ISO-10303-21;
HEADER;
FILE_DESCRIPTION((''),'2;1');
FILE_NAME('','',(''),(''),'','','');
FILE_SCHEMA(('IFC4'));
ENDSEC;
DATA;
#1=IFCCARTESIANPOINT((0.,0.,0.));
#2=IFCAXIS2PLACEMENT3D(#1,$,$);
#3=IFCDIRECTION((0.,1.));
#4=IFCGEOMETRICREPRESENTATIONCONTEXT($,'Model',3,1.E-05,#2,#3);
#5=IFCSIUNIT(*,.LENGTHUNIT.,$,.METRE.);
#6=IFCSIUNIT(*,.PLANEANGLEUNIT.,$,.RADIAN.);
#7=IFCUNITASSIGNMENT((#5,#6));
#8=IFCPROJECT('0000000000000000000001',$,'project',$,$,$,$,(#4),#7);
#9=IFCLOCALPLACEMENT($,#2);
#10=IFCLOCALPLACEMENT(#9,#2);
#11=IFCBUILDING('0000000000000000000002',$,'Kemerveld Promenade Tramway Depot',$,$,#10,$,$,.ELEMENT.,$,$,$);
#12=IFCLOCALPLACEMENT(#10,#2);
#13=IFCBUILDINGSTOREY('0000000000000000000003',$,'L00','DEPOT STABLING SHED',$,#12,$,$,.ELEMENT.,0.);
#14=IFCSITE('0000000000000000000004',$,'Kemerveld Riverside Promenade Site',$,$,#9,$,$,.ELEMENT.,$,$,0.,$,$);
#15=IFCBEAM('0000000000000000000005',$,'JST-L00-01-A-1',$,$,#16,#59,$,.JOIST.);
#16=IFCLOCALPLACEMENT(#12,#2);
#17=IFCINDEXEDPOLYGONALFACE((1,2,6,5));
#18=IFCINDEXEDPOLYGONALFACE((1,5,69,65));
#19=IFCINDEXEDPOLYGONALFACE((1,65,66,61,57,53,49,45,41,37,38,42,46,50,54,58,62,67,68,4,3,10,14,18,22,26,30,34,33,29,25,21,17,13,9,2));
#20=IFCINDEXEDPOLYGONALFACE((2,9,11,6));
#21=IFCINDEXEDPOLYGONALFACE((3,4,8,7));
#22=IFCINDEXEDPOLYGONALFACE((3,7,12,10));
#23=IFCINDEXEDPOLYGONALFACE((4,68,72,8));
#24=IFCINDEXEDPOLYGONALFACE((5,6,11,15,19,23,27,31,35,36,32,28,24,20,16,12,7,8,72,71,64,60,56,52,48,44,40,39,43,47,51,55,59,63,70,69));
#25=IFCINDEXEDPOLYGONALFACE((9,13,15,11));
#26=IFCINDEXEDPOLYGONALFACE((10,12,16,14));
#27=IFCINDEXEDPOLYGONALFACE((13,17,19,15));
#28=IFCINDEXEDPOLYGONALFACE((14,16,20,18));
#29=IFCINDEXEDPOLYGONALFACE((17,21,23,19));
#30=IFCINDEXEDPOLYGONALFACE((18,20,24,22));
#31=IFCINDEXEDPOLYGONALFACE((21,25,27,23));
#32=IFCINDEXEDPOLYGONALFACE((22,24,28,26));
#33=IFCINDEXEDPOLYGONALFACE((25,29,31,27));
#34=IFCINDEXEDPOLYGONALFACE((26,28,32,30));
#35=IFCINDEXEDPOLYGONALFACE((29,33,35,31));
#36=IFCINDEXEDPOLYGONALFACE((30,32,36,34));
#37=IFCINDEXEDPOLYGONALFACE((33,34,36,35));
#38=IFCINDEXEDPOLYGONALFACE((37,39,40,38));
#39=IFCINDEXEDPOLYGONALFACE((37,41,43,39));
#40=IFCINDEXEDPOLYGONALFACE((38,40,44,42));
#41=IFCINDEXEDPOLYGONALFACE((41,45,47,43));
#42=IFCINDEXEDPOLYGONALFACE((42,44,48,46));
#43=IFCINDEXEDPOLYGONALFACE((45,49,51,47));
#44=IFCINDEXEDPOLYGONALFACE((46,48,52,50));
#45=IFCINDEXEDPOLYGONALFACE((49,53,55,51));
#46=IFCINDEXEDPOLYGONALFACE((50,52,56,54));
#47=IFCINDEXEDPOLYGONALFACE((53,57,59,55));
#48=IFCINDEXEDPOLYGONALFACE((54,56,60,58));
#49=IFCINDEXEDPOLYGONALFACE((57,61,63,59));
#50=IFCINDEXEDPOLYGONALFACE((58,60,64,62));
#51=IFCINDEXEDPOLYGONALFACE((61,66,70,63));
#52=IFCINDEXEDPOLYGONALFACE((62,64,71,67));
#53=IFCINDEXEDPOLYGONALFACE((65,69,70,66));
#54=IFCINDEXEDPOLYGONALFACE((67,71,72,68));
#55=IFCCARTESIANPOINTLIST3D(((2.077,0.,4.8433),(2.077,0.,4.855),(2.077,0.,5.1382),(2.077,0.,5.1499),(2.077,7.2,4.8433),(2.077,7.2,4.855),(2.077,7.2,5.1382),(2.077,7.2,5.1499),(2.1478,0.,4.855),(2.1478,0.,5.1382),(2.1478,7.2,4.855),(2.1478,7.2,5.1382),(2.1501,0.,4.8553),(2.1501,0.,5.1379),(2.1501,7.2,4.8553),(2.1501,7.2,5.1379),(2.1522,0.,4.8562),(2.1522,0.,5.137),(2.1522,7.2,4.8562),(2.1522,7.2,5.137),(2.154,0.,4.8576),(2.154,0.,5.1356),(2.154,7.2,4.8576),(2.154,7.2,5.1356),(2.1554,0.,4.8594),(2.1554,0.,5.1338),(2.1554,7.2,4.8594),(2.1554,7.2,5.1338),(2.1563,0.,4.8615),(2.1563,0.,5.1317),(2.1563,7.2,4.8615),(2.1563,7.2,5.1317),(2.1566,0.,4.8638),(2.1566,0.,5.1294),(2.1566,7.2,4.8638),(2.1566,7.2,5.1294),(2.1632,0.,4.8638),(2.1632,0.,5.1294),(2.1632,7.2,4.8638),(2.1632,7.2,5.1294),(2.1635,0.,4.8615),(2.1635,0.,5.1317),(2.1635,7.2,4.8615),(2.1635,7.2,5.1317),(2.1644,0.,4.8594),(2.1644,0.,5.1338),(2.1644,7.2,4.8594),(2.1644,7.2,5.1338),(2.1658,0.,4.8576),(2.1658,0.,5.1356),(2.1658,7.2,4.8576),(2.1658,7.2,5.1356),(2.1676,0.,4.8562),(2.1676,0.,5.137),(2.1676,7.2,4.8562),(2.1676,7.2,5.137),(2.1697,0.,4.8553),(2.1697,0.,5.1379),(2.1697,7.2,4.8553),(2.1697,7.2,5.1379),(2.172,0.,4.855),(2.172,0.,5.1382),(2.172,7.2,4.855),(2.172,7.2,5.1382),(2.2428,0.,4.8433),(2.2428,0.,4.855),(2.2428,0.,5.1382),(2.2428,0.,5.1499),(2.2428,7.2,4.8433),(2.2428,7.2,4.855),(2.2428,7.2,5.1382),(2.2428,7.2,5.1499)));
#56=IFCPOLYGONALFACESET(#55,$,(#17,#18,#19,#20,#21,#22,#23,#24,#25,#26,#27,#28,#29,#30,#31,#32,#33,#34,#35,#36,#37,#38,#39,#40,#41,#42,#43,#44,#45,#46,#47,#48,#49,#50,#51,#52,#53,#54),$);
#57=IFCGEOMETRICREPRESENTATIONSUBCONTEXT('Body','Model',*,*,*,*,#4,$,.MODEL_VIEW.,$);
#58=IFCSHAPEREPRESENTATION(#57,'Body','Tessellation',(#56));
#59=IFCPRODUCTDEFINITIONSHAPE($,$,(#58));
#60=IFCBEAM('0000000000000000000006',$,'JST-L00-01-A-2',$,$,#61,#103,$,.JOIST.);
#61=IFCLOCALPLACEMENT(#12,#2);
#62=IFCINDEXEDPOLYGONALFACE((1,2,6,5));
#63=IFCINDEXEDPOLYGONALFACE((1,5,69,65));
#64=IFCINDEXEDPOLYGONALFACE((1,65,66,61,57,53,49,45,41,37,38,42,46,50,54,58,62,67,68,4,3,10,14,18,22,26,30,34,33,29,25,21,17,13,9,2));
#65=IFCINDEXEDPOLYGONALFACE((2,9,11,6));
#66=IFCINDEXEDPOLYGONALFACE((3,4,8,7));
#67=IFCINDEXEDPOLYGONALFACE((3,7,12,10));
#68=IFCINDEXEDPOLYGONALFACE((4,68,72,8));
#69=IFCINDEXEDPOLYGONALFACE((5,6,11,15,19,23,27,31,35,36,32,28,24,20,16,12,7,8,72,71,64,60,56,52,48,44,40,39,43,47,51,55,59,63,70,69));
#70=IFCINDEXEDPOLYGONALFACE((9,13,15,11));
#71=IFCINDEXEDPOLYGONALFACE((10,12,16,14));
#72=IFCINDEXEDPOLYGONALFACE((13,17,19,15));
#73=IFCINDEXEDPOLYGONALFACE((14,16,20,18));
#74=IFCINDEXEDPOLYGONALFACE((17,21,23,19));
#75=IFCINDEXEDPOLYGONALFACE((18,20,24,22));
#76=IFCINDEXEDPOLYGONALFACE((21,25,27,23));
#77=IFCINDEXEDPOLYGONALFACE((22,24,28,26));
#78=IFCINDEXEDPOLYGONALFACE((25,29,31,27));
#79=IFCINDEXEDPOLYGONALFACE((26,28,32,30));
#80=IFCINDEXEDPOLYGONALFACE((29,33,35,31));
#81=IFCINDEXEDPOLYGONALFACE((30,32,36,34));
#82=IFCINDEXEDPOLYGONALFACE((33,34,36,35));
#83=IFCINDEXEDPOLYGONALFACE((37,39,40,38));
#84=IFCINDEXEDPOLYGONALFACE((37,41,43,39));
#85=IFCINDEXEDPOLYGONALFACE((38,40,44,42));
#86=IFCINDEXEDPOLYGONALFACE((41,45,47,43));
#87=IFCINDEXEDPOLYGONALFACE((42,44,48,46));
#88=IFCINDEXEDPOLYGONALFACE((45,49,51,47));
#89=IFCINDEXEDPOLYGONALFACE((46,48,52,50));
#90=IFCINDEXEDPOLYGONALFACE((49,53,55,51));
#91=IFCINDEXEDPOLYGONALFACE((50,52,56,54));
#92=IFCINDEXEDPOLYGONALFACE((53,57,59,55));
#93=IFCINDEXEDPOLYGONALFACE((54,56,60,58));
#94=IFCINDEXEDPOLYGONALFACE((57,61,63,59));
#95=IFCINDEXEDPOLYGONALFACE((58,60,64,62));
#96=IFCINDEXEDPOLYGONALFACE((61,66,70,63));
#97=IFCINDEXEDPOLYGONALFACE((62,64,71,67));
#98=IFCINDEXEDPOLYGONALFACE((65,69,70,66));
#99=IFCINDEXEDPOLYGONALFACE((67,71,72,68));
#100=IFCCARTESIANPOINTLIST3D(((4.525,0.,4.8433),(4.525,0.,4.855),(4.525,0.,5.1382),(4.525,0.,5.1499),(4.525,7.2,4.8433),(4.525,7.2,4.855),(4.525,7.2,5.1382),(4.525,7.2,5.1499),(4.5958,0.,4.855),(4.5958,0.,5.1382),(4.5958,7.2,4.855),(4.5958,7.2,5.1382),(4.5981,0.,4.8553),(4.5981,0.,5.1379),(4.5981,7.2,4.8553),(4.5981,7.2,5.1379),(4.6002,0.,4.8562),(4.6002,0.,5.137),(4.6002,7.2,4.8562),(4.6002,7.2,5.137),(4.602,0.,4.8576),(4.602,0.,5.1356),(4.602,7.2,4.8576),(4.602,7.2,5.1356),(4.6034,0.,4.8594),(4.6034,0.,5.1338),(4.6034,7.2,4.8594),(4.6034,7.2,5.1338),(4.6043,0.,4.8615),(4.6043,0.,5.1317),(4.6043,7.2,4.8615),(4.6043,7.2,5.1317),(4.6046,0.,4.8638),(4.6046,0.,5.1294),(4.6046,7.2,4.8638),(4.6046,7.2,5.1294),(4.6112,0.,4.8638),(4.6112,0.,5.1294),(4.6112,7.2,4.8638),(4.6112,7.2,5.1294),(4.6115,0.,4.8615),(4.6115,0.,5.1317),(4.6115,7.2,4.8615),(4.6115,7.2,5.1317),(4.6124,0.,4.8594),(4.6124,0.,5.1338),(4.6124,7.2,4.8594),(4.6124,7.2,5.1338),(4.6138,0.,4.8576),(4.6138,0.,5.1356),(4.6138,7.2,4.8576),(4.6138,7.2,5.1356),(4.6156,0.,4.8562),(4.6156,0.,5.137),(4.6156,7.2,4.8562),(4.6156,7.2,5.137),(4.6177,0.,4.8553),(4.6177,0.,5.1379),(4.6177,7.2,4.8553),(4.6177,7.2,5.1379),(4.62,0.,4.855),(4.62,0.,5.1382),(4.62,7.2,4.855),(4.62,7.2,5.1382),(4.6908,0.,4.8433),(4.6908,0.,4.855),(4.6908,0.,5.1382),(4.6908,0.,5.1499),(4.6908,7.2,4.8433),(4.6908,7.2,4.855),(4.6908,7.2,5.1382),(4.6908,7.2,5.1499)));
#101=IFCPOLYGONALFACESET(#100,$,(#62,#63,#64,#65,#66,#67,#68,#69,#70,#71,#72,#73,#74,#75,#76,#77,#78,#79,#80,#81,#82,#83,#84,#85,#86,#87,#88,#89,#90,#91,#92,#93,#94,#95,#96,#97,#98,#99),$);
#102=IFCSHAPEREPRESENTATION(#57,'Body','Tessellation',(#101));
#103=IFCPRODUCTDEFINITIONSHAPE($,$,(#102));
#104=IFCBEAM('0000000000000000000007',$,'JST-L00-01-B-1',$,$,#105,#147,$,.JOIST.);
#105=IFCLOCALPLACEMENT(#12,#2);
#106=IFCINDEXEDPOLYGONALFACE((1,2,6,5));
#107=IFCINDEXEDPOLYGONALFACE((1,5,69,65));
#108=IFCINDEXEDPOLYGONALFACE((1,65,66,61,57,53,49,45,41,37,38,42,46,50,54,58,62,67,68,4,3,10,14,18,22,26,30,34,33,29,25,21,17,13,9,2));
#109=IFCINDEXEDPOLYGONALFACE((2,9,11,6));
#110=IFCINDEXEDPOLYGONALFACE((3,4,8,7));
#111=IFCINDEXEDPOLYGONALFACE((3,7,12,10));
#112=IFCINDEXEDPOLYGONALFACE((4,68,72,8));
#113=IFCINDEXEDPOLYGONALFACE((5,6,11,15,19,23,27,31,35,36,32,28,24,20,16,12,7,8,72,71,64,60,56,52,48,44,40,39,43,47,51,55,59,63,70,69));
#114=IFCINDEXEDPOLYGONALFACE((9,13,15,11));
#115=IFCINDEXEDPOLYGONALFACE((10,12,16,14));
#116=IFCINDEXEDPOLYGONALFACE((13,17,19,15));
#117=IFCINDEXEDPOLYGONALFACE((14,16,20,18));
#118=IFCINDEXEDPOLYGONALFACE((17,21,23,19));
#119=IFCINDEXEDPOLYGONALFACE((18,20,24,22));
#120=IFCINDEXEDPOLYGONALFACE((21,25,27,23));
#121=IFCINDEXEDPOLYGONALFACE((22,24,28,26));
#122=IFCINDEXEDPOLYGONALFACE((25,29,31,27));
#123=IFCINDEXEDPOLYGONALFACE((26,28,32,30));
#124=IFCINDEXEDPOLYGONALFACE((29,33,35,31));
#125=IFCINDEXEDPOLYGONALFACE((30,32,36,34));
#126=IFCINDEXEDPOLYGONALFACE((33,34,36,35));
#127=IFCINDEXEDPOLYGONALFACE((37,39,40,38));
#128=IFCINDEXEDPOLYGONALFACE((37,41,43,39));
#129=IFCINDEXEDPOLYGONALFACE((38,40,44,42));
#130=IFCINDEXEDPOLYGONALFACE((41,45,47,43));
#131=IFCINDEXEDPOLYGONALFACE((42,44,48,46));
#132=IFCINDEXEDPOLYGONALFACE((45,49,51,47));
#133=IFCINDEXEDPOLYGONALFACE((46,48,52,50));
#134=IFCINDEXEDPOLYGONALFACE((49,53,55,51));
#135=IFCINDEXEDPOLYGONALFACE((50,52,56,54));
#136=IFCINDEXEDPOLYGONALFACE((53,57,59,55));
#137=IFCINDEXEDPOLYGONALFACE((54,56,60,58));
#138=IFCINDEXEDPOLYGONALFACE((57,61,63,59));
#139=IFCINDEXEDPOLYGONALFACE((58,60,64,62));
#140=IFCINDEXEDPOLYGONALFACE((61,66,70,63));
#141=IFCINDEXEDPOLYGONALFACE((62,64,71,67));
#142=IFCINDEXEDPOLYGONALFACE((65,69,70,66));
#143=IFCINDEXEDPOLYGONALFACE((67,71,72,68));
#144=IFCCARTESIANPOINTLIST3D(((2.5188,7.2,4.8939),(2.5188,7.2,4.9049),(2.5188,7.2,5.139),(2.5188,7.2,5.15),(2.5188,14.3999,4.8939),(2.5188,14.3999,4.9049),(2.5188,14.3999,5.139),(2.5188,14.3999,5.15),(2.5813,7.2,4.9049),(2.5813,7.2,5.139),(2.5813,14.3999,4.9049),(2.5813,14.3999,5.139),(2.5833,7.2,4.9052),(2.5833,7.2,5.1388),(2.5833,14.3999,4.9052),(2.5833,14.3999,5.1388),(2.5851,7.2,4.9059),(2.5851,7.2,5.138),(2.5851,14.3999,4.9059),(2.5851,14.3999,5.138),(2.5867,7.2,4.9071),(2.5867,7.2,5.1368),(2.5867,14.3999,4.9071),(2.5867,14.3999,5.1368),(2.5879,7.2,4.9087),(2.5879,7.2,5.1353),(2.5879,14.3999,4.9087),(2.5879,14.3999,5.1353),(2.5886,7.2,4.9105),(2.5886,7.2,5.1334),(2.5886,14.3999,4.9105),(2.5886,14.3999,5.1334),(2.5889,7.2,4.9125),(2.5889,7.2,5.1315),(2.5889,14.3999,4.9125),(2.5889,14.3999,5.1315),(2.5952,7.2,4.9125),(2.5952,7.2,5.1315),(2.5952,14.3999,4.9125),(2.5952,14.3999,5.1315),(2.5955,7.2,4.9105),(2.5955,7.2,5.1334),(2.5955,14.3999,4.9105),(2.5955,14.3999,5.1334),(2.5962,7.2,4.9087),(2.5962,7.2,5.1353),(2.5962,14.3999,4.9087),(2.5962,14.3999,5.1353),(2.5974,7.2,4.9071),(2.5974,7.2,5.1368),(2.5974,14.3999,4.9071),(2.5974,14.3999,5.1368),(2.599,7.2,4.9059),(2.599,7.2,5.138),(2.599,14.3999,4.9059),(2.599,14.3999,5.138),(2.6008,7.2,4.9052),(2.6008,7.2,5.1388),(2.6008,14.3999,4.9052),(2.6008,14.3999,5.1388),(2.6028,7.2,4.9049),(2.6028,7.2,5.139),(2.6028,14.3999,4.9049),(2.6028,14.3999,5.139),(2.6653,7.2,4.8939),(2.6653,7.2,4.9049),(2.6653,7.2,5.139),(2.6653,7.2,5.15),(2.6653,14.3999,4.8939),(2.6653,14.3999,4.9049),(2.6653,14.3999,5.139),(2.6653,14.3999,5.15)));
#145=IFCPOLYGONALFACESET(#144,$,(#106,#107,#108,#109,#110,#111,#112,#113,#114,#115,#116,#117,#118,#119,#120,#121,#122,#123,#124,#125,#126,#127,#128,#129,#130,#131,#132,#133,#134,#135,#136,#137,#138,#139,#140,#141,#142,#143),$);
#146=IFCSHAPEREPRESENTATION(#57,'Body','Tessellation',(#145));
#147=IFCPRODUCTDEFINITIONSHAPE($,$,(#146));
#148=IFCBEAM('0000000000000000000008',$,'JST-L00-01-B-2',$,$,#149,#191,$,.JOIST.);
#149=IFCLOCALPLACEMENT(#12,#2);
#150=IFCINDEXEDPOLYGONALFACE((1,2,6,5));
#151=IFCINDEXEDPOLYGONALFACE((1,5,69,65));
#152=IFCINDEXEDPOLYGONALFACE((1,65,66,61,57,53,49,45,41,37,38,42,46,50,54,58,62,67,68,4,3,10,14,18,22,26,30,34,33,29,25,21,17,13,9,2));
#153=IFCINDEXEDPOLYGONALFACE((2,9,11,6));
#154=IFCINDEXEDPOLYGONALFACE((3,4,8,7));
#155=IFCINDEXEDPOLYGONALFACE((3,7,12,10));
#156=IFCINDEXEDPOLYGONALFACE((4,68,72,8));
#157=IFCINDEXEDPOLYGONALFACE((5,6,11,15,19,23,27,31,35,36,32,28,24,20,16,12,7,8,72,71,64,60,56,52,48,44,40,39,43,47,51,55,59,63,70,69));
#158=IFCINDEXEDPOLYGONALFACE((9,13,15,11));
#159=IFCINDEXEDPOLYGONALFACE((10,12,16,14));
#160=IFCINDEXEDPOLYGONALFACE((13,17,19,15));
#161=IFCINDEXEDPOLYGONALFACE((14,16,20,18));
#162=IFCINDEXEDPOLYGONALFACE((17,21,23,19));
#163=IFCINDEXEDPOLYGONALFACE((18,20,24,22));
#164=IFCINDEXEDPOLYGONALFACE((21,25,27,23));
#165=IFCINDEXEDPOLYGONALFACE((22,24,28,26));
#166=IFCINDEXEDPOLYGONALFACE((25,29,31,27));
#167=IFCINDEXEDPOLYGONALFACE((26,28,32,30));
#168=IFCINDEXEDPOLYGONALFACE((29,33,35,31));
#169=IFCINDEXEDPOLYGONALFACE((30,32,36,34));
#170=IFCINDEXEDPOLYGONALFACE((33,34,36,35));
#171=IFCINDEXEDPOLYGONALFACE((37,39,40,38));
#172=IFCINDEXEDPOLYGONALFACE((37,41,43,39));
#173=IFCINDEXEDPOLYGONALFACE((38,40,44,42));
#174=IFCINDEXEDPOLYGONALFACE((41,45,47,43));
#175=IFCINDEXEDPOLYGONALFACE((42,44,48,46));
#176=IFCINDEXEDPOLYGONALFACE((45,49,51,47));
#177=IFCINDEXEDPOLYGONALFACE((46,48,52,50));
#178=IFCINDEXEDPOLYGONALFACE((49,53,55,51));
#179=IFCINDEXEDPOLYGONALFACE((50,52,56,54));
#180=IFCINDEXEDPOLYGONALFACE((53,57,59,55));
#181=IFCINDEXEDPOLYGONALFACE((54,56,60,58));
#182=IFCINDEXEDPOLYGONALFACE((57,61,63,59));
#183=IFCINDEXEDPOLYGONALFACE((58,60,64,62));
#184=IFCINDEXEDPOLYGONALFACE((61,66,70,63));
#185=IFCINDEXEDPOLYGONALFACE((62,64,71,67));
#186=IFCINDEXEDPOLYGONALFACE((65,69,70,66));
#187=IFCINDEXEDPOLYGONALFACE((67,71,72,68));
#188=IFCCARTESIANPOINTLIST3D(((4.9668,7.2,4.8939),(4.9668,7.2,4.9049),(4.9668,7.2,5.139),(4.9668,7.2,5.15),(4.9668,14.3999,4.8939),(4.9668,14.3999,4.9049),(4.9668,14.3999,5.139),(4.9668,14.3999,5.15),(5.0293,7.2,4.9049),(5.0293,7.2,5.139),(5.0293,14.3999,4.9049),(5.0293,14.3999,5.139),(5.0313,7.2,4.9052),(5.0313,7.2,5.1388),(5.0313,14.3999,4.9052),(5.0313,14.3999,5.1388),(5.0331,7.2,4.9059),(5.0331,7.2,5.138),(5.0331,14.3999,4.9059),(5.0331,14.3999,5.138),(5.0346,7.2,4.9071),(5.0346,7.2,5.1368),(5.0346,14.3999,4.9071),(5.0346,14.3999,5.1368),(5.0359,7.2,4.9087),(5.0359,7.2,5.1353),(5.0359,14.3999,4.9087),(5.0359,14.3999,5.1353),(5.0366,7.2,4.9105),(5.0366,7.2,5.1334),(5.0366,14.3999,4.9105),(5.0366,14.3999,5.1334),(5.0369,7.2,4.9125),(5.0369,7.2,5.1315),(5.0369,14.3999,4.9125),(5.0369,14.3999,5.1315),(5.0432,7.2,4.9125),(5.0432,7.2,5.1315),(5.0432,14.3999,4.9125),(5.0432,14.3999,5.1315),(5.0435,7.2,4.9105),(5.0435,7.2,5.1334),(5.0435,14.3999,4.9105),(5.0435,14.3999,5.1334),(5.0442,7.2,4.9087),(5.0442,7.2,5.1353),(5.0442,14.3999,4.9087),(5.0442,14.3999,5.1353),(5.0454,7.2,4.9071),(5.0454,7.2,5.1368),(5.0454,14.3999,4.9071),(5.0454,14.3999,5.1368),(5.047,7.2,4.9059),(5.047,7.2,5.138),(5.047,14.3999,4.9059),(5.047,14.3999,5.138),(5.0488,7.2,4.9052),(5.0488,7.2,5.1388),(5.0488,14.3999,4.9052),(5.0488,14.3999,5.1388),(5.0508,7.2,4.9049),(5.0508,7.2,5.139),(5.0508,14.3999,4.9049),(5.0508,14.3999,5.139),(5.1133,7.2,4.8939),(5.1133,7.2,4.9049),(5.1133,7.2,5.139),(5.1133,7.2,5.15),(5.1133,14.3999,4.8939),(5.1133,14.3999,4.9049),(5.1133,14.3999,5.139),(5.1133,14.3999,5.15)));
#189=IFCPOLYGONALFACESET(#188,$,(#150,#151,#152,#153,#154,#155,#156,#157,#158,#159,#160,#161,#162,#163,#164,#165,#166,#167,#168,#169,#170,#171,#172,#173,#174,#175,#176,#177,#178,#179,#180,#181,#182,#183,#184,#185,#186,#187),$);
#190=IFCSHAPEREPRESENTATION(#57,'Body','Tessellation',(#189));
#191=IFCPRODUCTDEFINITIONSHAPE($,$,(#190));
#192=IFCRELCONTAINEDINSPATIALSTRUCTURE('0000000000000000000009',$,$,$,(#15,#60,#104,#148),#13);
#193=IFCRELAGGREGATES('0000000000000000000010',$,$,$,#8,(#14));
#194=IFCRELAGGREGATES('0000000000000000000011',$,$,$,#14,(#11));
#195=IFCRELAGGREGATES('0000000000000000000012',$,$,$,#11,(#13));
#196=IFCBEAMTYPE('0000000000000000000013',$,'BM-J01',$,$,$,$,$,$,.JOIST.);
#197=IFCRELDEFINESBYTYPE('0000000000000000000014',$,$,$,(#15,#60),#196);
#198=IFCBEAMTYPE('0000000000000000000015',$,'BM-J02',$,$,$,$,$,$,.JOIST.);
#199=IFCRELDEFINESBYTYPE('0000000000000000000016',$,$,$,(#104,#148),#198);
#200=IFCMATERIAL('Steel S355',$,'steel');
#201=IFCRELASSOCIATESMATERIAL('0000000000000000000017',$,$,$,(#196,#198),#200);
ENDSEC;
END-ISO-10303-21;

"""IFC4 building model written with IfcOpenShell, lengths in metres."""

from ifc_helpers import new_model, si_unit, direction, frame, origin, origin_2d, place, context, subcontext, project, spatial, i_section, extrude, material, material_profile, profile_set, type_object, element, save


model = new_model("IFC4")

# Units and contexts
model_context = context("Model", 3, precision=1e-05, world=origin(), true_north=direction((0.0, 1.0)))
body_context = subcontext(model_context, "Body", "Model", "MODEL_VIEW")
ifc_project = project(units=[si_unit("LENGTHUNIT", "METRE"), si_unit("PLANEANGLEUNIT", "RADIAN")], contexts=[model_context])

# Site, building, storey
site_placement = place(None, origin())
site = spatial("IfcSite", under=ifc_project, at=site_placement, Name="Kemerveld Riverside Promenade Site", CompositionType="ELEMENT", RefElevation=0.0)
building_placement = place(site_placement, origin())
building = spatial("IfcBuilding", under=site, at=building_placement, Name="Kemerveld Promenade Tramway Depot", CompositionType="ELEMENT")
storey_placement = place(building_placement, origin())
storey = spatial("IfcBuildingStorey", under=building, at=storey_placement, Name="L00", Description="DEPOT STABLING SHED", CompositionType="ELEMENT", Elevation=0.0)

# Beams
ifc_material_1 = material(Name="Steel S355", Category="steel")
ifc_material_profile_1 = material_profile(ifc_material_1, i_section(OverallWidth=0.1658, OverallDepth=0.3066, WebThickness=0.0066, FlangeThickness=0.0117, FilletRadius=0.0088, at=origin_2d()), Name="305x165x46 UB")
ifc_profile_set_1 = profile_set([ifc_material_profile_1], Name="Steel S355")
beam_type_1 = type_object("IfcBeamType", Name="BM-J01", PredefinedType="JOIST", material=ifc_profile_set_1)
for number, where, z_axis, x_axis, name in (
    (1, (2.1599, 0.0, 4.9966), (0.0, 1.0, 0.0), (-1.0, 0.0, 0.0), "JST-L00-01-A-1"),
    (2, (4.6079, 0.0, 4.9966), (0.0, 1.0, 0.0), (-1.0, 0.0, 0.0), "JST-L00-01-A-2"),
):
    element("IfcBeam", number, at=place(storey_placement, frame(where, z_axis=z_axis, x_axis=x_axis)), inside=storey, type_object=beam_type_1, Name=name, PredefinedType="JOIST", context=body_context, shape_type="SweptSolid", body=[
        extrude(i_section(OverallWidth=0.1658, OverallDepth=0.3066, WebThickness=0.0066, FlangeThickness=0.0117, FilletRadius=0.0088, at=origin_2d()), origin(), (0.0, 0.0, 1.0), 7.2),
    ])
ifc_material_profile_2 = material_profile(ifc_material_1, i_section(OverallWidth=0.1465, OverallDepth=0.2561, WebThickness=0.0063, FlangeThickness=0.011, FilletRadius=0.0076, at=origin_2d()), Name="254x146x37 UB")
ifc_profile_set_2 = profile_set([ifc_material_profile_2], Name="Steel S355")
beam_type_2 = type_object("IfcBeamType", Name="BM-J02", PredefinedType="JOIST", material=ifc_profile_set_2)
for number, where, z_axis, x_axis, name in (
    (3, (2.592, 7.2, 5.022), (0.0, 1.0, 0.0), (-1.0, 0.0, 0.0), "JST-L00-01-B-1"),
    (4, (5.04, 7.2, 5.022), (0.0, 1.0, 0.0), (-1.0, 0.0, 0.0), "JST-L00-01-B-2"),
):
    element("IfcBeam", number, at=place(storey_placement, frame(where, z_axis=z_axis, x_axis=x_axis)), inside=storey, type_object=beam_type_2, Name=name, PredefinedType="JOIST", context=body_context, shape_type="SweptSolid", body=[
        extrude(i_section(OverallWidth=0.1465, OverallDepth=0.2561, WebThickness=0.0063, FlangeThickness=0.011, FilletRadius=0.0076, at=origin_2d()), origin(), (0.0, 0.0, 1.0), 7.2),
    ])

save(model, "model.ifc")
